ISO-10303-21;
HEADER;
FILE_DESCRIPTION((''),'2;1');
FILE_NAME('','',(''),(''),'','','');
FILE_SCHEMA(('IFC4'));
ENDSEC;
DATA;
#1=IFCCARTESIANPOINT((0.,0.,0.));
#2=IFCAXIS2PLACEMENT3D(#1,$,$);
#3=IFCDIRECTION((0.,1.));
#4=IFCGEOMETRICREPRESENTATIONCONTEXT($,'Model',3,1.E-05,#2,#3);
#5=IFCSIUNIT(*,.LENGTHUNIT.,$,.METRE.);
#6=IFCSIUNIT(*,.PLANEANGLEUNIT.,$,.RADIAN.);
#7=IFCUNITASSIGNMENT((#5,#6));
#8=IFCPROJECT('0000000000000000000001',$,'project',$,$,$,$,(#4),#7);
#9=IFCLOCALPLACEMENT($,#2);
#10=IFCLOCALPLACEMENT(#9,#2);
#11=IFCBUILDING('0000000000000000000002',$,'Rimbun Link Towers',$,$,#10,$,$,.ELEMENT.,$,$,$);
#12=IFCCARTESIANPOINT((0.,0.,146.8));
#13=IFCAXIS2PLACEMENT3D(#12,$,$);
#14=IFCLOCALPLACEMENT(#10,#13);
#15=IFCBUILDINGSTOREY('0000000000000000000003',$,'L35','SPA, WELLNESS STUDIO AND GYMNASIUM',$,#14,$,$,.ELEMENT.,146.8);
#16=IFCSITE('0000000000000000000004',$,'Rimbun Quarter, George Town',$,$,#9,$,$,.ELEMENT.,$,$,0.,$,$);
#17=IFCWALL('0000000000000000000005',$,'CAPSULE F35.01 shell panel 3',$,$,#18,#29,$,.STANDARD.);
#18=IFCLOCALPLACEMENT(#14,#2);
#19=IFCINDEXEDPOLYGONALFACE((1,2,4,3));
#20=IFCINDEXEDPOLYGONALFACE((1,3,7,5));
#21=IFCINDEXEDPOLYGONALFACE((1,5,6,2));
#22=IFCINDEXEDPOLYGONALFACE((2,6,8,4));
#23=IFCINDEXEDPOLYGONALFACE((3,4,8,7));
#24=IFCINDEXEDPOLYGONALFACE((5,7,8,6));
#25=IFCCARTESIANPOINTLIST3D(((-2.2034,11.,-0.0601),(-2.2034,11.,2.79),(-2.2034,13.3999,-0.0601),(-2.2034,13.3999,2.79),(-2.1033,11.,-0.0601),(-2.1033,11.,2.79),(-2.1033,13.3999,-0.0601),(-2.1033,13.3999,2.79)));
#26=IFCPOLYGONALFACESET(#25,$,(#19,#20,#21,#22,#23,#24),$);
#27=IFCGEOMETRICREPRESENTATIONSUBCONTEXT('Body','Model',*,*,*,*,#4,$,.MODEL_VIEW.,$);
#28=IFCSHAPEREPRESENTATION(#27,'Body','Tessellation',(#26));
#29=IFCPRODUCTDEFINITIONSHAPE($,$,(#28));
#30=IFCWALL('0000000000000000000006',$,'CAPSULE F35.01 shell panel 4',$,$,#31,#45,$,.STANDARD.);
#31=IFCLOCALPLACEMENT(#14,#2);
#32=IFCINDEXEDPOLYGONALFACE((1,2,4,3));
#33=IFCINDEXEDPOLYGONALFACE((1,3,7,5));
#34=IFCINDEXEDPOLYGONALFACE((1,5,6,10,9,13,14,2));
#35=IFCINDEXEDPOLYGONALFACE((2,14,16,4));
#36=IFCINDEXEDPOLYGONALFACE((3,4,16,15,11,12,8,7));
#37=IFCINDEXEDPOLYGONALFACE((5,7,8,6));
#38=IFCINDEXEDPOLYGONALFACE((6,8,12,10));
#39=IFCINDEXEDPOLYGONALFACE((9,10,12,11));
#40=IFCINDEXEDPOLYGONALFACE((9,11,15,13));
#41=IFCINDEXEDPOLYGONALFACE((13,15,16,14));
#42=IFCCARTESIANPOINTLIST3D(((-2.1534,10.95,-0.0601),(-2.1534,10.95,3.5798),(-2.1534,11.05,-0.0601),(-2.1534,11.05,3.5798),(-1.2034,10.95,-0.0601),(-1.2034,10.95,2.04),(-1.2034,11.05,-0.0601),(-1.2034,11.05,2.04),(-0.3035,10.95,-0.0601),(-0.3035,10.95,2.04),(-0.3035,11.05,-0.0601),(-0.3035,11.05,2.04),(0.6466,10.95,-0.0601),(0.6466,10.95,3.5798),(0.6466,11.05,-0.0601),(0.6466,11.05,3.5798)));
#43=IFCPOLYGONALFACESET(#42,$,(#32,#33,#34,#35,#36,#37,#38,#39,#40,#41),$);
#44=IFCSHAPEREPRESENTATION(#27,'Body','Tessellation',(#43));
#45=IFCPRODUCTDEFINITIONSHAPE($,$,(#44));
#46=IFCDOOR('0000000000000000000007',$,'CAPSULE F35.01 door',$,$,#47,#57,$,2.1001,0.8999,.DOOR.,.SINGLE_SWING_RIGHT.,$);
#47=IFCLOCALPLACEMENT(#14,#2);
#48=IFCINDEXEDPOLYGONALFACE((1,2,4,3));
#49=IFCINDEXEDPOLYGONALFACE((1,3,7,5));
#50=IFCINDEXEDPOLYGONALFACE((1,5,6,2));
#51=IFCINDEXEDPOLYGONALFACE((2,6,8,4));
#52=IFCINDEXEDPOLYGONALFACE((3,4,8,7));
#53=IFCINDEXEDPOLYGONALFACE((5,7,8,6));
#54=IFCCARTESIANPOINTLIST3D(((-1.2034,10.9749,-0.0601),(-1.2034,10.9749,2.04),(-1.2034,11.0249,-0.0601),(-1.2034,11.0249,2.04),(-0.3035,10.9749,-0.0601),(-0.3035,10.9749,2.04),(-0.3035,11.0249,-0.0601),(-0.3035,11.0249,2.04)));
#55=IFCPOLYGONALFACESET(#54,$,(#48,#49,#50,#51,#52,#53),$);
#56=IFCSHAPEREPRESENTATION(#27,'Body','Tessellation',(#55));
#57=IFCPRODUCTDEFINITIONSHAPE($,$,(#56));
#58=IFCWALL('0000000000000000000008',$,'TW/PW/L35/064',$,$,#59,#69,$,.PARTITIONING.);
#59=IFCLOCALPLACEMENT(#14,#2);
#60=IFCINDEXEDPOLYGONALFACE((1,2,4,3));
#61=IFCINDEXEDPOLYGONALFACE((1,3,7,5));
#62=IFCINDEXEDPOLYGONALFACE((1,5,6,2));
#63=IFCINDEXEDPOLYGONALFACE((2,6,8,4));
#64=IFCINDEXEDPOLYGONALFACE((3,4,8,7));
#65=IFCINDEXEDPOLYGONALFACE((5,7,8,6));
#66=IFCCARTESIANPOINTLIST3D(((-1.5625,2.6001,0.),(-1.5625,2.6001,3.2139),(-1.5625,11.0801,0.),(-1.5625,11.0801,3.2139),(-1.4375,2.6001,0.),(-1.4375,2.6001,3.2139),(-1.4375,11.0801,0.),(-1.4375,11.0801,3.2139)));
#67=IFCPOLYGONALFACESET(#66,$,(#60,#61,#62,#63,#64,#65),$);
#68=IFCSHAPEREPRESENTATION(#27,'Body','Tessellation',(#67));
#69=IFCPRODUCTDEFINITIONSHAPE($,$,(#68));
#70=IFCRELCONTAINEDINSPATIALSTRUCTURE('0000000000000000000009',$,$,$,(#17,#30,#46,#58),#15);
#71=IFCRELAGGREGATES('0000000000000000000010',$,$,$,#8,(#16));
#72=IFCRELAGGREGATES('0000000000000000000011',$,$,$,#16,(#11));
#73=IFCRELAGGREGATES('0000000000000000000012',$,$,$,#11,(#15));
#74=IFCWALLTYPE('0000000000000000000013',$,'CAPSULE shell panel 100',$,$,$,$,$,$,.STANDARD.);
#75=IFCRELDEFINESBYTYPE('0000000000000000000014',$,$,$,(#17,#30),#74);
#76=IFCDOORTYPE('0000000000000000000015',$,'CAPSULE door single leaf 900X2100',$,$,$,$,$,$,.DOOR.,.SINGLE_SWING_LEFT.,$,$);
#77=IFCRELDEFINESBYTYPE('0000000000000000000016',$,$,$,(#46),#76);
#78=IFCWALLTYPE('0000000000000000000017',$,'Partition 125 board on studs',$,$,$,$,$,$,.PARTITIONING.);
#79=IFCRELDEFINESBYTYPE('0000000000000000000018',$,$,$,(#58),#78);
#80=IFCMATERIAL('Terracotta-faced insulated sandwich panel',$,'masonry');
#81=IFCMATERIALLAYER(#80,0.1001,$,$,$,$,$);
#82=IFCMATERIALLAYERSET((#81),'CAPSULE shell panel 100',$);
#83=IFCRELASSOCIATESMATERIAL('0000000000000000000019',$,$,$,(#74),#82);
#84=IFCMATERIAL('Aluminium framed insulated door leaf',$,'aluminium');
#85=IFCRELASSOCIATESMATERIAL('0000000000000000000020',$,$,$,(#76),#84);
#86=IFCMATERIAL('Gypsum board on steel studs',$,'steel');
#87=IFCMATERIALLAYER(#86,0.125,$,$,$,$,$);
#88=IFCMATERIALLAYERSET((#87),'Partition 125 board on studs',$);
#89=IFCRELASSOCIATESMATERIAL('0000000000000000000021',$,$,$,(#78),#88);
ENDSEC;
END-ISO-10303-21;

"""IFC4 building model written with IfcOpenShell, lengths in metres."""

from ifc_helpers import new_model, si_unit, direction, frame, frame_2d, origin, place, context, subcontext, project, spatial, rectangle, extrude, material, layer, layer_set, type_object, element, fill, save


model = new_model("IFC4")

# Units and contexts
model_context = context("Model", 3, precision=1e-05, world=origin(), true_north=direction((0.0, 1.0)))
body_context = subcontext(model_context, "Body", "Model", "MODEL_VIEW")
ifc_project = project(units=[si_unit("LENGTHUNIT", "METRE"), si_unit("PLANEANGLEUNIT", "RADIAN")], contexts=[model_context])

# Site, building, storey
site_placement = place(None, origin())
site = spatial("IfcSite", under=ifc_project, at=site_placement, Name="Rimbun Quarter, George Town", CompositionType="ELEMENT", RefElevation=0.0)
building_placement = place(site_placement, origin())
building = spatial("IfcBuilding", under=site, at=building_placement, Name="Rimbun Link Towers", CompositionType="ELEMENT")
storey_placement = place(building_placement, frame((0.0, 0.0, 146.8)))
storey = spatial("IfcBuildingStorey", under=building, at=storey_placement, Name="L35", Description="SPA, WELLNESS STUDIO AND GYMNASIUM", CompositionType="ELEMENT", Elevation=146.8)

# Wall
ifc_material_1 = material(Name="Terracotta-faced insulated sandwich panel", Category="masonry")
ifc_layer_1 = layer(ifc_material_1, 0.1001)
ifc_layer_set_1 = layer_set([ifc_layer_1], Name="CAPSULE shell panel 100")
wall_type_1 = type_object("IfcWallType", Name="CAPSULE shell panel 100", PredefinedType="STANDARD", material=ifc_layer_set_1)
wall_1_placement = place(storey_placement, frame((-2.1533, 13.3999, -0.0601), z_axis=(0.0, 0.0, 1.0), x_axis=(0.0, -1.0, 0.0)))
element("IfcWall", 1, at=wall_1_placement, inside=storey, type_object=wall_type_1, Name="CAPSULE F35.01 shell panel 3", PredefinedType="STANDARD", context=body_context, shape_type="SweptSolid", body=[
    extrude(rectangle(XDim=2.3999, YDim=0.1001, at=frame_2d((1.2, 0.0))), origin(), (0.0, 0.0, 1.0), 2.8501),
])

# Wall, opening, door
wall_2_placement = place(storey_placement, frame((-2.1533, 11.0, -0.0601), z_axis=(0.0, 0.0, 1.0), x_axis=(1.0, 0.0, 0.0)))
wall_2 = element("IfcWall", 2, at=wall_2_placement, inside=storey, type_object=wall_type_1, Name="CAPSULE F35.01 shell panel 4", PredefinedType="STANDARD", context=body_context, shape_type="SweptSolid", body=[
    extrude(rectangle(XDim=2.8, YDim=0.1001, at=frame_2d((1.3999, 0.0))), origin(), (0.0, 0.0, 1.0), 3.6399),
])
opening_placement = place(wall_2_placement, frame((0.95, 0.0, 0.0)))
opening = element("IfcOpeningElement", 3, at=opening_placement, cuts=wall_2, PredefinedType="OPENING", context=body_context, shape_type="SweptSolid", body=[
    extrude(rectangle(XDim=0.8999, YDim=2.1001, at=frame_2d((0.45, 1.05))), frame((0.0, 0.0601, 0.0), z_axis=(0.0, -1.0, 0.0), x_axis=(1.0, 0.0, 0.0)), (0.0, 0.0, 1.0), 0.1201),
])
ifc_material_2 = material(Name="Aluminium framed insulated door leaf", Category="aluminium")
door_type = type_object("IfcDoorType", Name="CAPSULE door single leaf 900X2100", OperationType="SINGLE_SWING_LEFT", PredefinedType="DOOR", material=ifc_material_2)
door_placement = place(opening_placement, origin())
door = element("IfcDoor", 4, at=door_placement, inside=storey, type_object=door_type, Name="CAPSULE F35.01 door", OperationType="SINGLE_SWING_RIGHT", OverallHeight=2.1001, OverallWidth=0.8999, PredefinedType="DOOR", context=body_context, shape_type="SweptSolid", body=[
    extrude(rectangle(XDim=0.8999, YDim=2.1001, at=frame_2d((0.45, 1.05))), frame((0.0, 0.0249, 0.0), z_axis=(0.0, -1.0, 0.0), x_axis=(1.0, 0.0, 0.0)), (0.0, 0.0, 1.0), 0.05),
])
fill(opening, door)

# Wall
ifc_material_3 = material(Name="Gypsum board on steel studs", Category="steel")
ifc_layer_2 = layer(ifc_material_3, 0.125)
ifc_layer_set_2 = layer_set([ifc_layer_2], Name="Partition 125 board on studs")
wall_type_2 = type_object("IfcWallType", Name="Partition 125 board on studs", PredefinedType="PARTITIONING", material=ifc_layer_set_2)
wall_3_placement = place(storey_placement, frame((-1.5, 2.6001, 0.0), z_axis=(0.0, 0.0, 1.0), x_axis=(0.0, 1.0, 0.0)))
element("IfcWall", 5, at=wall_3_placement, inside=storey, type_object=wall_type_2, Name="TW/PW/L35/064", PredefinedType="PARTITIONING", context=body_context, shape_type="SweptSolid", body=[
    extrude(rectangle(XDim=8.48, YDim=0.125, at=frame_2d((4.24, 0.0))), origin(), (0.0, 0.0, 1.0), 3.2139),
])

save(model, "model.ifc")
